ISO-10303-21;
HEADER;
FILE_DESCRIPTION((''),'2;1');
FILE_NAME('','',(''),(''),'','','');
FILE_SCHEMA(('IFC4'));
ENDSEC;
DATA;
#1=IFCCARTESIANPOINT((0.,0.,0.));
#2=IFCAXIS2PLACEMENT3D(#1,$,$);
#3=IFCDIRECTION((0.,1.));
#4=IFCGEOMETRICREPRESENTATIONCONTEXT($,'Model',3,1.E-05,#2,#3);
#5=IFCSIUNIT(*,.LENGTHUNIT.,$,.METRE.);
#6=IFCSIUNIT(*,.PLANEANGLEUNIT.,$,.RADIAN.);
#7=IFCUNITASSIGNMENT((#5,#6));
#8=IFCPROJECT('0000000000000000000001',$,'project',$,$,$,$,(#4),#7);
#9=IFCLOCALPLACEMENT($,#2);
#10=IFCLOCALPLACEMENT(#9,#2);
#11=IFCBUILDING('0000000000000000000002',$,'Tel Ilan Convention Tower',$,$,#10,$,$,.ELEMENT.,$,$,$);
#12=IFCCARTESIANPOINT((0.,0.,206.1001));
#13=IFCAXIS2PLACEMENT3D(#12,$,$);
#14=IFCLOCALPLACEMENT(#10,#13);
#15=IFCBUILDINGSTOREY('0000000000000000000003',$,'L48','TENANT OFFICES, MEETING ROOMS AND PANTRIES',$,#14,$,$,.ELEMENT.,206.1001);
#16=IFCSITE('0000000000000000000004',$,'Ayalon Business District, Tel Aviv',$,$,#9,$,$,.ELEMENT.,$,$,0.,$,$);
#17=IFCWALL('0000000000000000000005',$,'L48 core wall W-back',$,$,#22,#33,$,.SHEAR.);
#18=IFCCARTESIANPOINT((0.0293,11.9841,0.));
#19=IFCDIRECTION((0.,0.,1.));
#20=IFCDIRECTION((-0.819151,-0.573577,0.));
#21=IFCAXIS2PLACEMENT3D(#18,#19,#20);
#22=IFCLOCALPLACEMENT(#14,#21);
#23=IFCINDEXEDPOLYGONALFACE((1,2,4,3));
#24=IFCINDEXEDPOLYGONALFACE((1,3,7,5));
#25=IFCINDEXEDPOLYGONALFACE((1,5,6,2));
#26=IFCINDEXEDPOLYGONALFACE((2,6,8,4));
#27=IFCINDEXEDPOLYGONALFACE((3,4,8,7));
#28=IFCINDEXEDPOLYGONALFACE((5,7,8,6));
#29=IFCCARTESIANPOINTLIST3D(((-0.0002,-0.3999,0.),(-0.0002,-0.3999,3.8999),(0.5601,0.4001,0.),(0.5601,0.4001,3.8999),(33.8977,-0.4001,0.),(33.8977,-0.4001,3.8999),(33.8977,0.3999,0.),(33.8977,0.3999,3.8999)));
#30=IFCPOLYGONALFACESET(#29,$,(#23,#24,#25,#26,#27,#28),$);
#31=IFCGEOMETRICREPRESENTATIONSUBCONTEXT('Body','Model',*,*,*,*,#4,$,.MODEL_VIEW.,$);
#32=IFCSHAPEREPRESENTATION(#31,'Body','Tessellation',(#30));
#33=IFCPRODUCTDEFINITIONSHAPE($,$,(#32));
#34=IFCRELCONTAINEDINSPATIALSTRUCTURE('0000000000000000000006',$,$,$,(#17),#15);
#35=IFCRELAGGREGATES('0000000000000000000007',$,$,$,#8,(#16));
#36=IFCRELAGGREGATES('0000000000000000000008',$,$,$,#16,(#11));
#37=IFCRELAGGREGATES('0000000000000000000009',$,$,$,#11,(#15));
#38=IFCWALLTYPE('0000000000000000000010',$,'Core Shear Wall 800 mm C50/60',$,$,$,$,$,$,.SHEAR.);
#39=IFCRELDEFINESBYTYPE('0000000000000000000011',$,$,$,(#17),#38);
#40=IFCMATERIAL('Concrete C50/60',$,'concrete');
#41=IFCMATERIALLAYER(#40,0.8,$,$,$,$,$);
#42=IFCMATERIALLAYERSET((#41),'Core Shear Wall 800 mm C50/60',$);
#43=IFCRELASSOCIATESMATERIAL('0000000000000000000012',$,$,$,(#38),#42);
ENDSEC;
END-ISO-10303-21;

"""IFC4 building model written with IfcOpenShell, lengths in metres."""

from ifc_helpers import new_model, si_unit, direction, frame, origin, place, context, subcontext, project, spatial, polyline, outline, extrude, material, layer, layer_set, type_object, element, save


model = new_model("IFC4")

# Units and contexts
model_context = context("Model", 3, precision=1e-05, world=origin(), true_north=direction((0.0, 1.0)))
body_context = subcontext(model_context, "Body", "Model", "MODEL_VIEW")
ifc_project = project(units=[si_unit("LENGTHUNIT", "METRE"), si_unit("PLANEANGLEUNIT", "RADIAN")], contexts=[model_context])

# Site, building, storey
site_placement = place(None, origin())
site = spatial("IfcSite", under=ifc_project, at=site_placement, Name="Ayalon Business District, Tel Aviv", CompositionType="ELEMENT", RefElevation=0.0)
building_placement = place(site_placement, origin())
building = spatial("IfcBuilding", under=site, at=building_placement, Name="Tel Ilan Convention Tower", CompositionType="ELEMENT")
storey_placement = place(building_placement, frame((0.0, 0.0, 206.1001)))
storey = spatial("IfcBuildingStorey", under=building, at=storey_placement, Name="L48", Description="TENANT OFFICES, MEETING ROOMS AND PANTRIES", CompositionType="ELEMENT", Elevation=206.1001)

# Wall
ifc_material_1 = material(Name="Concrete C50/60", Category="concrete")
ifc_layer_1 = layer(ifc_material_1, 0.8)
ifc_layer_set_1 = layer_set([ifc_layer_1], Name="Core Shear Wall 800 mm C50/60")
wall_type_1 = type_object("IfcWallType", Name="Core Shear Wall 800 mm C50/60", PredefinedType="SHEAR", material=ifc_layer_set_1)
wall_1_placement = place(storey_placement, frame((0.0293, 11.9841, 0.0), z_axis=(0.0, 0.0, 1.0), x_axis=(-0.819151, -0.573577, 0.0)))
element("IfcWall", 1, at=wall_1_placement, inside=storey, type_object=wall_type_1, Name="L48 core wall W-back", PredefinedType="SHEAR", context=body_context, shape_type="SweptSolid", body=[
    extrude(outline(polyline([(33.8977, 0.3999), (0.5601, 0.4001), (-0.0002, -0.3999), (33.8977, -0.4001), (33.8977, 0.3999)])), origin(), (0.0, 0.0, 1.0), 3.8999),
])

save(model, "model.ifc")
